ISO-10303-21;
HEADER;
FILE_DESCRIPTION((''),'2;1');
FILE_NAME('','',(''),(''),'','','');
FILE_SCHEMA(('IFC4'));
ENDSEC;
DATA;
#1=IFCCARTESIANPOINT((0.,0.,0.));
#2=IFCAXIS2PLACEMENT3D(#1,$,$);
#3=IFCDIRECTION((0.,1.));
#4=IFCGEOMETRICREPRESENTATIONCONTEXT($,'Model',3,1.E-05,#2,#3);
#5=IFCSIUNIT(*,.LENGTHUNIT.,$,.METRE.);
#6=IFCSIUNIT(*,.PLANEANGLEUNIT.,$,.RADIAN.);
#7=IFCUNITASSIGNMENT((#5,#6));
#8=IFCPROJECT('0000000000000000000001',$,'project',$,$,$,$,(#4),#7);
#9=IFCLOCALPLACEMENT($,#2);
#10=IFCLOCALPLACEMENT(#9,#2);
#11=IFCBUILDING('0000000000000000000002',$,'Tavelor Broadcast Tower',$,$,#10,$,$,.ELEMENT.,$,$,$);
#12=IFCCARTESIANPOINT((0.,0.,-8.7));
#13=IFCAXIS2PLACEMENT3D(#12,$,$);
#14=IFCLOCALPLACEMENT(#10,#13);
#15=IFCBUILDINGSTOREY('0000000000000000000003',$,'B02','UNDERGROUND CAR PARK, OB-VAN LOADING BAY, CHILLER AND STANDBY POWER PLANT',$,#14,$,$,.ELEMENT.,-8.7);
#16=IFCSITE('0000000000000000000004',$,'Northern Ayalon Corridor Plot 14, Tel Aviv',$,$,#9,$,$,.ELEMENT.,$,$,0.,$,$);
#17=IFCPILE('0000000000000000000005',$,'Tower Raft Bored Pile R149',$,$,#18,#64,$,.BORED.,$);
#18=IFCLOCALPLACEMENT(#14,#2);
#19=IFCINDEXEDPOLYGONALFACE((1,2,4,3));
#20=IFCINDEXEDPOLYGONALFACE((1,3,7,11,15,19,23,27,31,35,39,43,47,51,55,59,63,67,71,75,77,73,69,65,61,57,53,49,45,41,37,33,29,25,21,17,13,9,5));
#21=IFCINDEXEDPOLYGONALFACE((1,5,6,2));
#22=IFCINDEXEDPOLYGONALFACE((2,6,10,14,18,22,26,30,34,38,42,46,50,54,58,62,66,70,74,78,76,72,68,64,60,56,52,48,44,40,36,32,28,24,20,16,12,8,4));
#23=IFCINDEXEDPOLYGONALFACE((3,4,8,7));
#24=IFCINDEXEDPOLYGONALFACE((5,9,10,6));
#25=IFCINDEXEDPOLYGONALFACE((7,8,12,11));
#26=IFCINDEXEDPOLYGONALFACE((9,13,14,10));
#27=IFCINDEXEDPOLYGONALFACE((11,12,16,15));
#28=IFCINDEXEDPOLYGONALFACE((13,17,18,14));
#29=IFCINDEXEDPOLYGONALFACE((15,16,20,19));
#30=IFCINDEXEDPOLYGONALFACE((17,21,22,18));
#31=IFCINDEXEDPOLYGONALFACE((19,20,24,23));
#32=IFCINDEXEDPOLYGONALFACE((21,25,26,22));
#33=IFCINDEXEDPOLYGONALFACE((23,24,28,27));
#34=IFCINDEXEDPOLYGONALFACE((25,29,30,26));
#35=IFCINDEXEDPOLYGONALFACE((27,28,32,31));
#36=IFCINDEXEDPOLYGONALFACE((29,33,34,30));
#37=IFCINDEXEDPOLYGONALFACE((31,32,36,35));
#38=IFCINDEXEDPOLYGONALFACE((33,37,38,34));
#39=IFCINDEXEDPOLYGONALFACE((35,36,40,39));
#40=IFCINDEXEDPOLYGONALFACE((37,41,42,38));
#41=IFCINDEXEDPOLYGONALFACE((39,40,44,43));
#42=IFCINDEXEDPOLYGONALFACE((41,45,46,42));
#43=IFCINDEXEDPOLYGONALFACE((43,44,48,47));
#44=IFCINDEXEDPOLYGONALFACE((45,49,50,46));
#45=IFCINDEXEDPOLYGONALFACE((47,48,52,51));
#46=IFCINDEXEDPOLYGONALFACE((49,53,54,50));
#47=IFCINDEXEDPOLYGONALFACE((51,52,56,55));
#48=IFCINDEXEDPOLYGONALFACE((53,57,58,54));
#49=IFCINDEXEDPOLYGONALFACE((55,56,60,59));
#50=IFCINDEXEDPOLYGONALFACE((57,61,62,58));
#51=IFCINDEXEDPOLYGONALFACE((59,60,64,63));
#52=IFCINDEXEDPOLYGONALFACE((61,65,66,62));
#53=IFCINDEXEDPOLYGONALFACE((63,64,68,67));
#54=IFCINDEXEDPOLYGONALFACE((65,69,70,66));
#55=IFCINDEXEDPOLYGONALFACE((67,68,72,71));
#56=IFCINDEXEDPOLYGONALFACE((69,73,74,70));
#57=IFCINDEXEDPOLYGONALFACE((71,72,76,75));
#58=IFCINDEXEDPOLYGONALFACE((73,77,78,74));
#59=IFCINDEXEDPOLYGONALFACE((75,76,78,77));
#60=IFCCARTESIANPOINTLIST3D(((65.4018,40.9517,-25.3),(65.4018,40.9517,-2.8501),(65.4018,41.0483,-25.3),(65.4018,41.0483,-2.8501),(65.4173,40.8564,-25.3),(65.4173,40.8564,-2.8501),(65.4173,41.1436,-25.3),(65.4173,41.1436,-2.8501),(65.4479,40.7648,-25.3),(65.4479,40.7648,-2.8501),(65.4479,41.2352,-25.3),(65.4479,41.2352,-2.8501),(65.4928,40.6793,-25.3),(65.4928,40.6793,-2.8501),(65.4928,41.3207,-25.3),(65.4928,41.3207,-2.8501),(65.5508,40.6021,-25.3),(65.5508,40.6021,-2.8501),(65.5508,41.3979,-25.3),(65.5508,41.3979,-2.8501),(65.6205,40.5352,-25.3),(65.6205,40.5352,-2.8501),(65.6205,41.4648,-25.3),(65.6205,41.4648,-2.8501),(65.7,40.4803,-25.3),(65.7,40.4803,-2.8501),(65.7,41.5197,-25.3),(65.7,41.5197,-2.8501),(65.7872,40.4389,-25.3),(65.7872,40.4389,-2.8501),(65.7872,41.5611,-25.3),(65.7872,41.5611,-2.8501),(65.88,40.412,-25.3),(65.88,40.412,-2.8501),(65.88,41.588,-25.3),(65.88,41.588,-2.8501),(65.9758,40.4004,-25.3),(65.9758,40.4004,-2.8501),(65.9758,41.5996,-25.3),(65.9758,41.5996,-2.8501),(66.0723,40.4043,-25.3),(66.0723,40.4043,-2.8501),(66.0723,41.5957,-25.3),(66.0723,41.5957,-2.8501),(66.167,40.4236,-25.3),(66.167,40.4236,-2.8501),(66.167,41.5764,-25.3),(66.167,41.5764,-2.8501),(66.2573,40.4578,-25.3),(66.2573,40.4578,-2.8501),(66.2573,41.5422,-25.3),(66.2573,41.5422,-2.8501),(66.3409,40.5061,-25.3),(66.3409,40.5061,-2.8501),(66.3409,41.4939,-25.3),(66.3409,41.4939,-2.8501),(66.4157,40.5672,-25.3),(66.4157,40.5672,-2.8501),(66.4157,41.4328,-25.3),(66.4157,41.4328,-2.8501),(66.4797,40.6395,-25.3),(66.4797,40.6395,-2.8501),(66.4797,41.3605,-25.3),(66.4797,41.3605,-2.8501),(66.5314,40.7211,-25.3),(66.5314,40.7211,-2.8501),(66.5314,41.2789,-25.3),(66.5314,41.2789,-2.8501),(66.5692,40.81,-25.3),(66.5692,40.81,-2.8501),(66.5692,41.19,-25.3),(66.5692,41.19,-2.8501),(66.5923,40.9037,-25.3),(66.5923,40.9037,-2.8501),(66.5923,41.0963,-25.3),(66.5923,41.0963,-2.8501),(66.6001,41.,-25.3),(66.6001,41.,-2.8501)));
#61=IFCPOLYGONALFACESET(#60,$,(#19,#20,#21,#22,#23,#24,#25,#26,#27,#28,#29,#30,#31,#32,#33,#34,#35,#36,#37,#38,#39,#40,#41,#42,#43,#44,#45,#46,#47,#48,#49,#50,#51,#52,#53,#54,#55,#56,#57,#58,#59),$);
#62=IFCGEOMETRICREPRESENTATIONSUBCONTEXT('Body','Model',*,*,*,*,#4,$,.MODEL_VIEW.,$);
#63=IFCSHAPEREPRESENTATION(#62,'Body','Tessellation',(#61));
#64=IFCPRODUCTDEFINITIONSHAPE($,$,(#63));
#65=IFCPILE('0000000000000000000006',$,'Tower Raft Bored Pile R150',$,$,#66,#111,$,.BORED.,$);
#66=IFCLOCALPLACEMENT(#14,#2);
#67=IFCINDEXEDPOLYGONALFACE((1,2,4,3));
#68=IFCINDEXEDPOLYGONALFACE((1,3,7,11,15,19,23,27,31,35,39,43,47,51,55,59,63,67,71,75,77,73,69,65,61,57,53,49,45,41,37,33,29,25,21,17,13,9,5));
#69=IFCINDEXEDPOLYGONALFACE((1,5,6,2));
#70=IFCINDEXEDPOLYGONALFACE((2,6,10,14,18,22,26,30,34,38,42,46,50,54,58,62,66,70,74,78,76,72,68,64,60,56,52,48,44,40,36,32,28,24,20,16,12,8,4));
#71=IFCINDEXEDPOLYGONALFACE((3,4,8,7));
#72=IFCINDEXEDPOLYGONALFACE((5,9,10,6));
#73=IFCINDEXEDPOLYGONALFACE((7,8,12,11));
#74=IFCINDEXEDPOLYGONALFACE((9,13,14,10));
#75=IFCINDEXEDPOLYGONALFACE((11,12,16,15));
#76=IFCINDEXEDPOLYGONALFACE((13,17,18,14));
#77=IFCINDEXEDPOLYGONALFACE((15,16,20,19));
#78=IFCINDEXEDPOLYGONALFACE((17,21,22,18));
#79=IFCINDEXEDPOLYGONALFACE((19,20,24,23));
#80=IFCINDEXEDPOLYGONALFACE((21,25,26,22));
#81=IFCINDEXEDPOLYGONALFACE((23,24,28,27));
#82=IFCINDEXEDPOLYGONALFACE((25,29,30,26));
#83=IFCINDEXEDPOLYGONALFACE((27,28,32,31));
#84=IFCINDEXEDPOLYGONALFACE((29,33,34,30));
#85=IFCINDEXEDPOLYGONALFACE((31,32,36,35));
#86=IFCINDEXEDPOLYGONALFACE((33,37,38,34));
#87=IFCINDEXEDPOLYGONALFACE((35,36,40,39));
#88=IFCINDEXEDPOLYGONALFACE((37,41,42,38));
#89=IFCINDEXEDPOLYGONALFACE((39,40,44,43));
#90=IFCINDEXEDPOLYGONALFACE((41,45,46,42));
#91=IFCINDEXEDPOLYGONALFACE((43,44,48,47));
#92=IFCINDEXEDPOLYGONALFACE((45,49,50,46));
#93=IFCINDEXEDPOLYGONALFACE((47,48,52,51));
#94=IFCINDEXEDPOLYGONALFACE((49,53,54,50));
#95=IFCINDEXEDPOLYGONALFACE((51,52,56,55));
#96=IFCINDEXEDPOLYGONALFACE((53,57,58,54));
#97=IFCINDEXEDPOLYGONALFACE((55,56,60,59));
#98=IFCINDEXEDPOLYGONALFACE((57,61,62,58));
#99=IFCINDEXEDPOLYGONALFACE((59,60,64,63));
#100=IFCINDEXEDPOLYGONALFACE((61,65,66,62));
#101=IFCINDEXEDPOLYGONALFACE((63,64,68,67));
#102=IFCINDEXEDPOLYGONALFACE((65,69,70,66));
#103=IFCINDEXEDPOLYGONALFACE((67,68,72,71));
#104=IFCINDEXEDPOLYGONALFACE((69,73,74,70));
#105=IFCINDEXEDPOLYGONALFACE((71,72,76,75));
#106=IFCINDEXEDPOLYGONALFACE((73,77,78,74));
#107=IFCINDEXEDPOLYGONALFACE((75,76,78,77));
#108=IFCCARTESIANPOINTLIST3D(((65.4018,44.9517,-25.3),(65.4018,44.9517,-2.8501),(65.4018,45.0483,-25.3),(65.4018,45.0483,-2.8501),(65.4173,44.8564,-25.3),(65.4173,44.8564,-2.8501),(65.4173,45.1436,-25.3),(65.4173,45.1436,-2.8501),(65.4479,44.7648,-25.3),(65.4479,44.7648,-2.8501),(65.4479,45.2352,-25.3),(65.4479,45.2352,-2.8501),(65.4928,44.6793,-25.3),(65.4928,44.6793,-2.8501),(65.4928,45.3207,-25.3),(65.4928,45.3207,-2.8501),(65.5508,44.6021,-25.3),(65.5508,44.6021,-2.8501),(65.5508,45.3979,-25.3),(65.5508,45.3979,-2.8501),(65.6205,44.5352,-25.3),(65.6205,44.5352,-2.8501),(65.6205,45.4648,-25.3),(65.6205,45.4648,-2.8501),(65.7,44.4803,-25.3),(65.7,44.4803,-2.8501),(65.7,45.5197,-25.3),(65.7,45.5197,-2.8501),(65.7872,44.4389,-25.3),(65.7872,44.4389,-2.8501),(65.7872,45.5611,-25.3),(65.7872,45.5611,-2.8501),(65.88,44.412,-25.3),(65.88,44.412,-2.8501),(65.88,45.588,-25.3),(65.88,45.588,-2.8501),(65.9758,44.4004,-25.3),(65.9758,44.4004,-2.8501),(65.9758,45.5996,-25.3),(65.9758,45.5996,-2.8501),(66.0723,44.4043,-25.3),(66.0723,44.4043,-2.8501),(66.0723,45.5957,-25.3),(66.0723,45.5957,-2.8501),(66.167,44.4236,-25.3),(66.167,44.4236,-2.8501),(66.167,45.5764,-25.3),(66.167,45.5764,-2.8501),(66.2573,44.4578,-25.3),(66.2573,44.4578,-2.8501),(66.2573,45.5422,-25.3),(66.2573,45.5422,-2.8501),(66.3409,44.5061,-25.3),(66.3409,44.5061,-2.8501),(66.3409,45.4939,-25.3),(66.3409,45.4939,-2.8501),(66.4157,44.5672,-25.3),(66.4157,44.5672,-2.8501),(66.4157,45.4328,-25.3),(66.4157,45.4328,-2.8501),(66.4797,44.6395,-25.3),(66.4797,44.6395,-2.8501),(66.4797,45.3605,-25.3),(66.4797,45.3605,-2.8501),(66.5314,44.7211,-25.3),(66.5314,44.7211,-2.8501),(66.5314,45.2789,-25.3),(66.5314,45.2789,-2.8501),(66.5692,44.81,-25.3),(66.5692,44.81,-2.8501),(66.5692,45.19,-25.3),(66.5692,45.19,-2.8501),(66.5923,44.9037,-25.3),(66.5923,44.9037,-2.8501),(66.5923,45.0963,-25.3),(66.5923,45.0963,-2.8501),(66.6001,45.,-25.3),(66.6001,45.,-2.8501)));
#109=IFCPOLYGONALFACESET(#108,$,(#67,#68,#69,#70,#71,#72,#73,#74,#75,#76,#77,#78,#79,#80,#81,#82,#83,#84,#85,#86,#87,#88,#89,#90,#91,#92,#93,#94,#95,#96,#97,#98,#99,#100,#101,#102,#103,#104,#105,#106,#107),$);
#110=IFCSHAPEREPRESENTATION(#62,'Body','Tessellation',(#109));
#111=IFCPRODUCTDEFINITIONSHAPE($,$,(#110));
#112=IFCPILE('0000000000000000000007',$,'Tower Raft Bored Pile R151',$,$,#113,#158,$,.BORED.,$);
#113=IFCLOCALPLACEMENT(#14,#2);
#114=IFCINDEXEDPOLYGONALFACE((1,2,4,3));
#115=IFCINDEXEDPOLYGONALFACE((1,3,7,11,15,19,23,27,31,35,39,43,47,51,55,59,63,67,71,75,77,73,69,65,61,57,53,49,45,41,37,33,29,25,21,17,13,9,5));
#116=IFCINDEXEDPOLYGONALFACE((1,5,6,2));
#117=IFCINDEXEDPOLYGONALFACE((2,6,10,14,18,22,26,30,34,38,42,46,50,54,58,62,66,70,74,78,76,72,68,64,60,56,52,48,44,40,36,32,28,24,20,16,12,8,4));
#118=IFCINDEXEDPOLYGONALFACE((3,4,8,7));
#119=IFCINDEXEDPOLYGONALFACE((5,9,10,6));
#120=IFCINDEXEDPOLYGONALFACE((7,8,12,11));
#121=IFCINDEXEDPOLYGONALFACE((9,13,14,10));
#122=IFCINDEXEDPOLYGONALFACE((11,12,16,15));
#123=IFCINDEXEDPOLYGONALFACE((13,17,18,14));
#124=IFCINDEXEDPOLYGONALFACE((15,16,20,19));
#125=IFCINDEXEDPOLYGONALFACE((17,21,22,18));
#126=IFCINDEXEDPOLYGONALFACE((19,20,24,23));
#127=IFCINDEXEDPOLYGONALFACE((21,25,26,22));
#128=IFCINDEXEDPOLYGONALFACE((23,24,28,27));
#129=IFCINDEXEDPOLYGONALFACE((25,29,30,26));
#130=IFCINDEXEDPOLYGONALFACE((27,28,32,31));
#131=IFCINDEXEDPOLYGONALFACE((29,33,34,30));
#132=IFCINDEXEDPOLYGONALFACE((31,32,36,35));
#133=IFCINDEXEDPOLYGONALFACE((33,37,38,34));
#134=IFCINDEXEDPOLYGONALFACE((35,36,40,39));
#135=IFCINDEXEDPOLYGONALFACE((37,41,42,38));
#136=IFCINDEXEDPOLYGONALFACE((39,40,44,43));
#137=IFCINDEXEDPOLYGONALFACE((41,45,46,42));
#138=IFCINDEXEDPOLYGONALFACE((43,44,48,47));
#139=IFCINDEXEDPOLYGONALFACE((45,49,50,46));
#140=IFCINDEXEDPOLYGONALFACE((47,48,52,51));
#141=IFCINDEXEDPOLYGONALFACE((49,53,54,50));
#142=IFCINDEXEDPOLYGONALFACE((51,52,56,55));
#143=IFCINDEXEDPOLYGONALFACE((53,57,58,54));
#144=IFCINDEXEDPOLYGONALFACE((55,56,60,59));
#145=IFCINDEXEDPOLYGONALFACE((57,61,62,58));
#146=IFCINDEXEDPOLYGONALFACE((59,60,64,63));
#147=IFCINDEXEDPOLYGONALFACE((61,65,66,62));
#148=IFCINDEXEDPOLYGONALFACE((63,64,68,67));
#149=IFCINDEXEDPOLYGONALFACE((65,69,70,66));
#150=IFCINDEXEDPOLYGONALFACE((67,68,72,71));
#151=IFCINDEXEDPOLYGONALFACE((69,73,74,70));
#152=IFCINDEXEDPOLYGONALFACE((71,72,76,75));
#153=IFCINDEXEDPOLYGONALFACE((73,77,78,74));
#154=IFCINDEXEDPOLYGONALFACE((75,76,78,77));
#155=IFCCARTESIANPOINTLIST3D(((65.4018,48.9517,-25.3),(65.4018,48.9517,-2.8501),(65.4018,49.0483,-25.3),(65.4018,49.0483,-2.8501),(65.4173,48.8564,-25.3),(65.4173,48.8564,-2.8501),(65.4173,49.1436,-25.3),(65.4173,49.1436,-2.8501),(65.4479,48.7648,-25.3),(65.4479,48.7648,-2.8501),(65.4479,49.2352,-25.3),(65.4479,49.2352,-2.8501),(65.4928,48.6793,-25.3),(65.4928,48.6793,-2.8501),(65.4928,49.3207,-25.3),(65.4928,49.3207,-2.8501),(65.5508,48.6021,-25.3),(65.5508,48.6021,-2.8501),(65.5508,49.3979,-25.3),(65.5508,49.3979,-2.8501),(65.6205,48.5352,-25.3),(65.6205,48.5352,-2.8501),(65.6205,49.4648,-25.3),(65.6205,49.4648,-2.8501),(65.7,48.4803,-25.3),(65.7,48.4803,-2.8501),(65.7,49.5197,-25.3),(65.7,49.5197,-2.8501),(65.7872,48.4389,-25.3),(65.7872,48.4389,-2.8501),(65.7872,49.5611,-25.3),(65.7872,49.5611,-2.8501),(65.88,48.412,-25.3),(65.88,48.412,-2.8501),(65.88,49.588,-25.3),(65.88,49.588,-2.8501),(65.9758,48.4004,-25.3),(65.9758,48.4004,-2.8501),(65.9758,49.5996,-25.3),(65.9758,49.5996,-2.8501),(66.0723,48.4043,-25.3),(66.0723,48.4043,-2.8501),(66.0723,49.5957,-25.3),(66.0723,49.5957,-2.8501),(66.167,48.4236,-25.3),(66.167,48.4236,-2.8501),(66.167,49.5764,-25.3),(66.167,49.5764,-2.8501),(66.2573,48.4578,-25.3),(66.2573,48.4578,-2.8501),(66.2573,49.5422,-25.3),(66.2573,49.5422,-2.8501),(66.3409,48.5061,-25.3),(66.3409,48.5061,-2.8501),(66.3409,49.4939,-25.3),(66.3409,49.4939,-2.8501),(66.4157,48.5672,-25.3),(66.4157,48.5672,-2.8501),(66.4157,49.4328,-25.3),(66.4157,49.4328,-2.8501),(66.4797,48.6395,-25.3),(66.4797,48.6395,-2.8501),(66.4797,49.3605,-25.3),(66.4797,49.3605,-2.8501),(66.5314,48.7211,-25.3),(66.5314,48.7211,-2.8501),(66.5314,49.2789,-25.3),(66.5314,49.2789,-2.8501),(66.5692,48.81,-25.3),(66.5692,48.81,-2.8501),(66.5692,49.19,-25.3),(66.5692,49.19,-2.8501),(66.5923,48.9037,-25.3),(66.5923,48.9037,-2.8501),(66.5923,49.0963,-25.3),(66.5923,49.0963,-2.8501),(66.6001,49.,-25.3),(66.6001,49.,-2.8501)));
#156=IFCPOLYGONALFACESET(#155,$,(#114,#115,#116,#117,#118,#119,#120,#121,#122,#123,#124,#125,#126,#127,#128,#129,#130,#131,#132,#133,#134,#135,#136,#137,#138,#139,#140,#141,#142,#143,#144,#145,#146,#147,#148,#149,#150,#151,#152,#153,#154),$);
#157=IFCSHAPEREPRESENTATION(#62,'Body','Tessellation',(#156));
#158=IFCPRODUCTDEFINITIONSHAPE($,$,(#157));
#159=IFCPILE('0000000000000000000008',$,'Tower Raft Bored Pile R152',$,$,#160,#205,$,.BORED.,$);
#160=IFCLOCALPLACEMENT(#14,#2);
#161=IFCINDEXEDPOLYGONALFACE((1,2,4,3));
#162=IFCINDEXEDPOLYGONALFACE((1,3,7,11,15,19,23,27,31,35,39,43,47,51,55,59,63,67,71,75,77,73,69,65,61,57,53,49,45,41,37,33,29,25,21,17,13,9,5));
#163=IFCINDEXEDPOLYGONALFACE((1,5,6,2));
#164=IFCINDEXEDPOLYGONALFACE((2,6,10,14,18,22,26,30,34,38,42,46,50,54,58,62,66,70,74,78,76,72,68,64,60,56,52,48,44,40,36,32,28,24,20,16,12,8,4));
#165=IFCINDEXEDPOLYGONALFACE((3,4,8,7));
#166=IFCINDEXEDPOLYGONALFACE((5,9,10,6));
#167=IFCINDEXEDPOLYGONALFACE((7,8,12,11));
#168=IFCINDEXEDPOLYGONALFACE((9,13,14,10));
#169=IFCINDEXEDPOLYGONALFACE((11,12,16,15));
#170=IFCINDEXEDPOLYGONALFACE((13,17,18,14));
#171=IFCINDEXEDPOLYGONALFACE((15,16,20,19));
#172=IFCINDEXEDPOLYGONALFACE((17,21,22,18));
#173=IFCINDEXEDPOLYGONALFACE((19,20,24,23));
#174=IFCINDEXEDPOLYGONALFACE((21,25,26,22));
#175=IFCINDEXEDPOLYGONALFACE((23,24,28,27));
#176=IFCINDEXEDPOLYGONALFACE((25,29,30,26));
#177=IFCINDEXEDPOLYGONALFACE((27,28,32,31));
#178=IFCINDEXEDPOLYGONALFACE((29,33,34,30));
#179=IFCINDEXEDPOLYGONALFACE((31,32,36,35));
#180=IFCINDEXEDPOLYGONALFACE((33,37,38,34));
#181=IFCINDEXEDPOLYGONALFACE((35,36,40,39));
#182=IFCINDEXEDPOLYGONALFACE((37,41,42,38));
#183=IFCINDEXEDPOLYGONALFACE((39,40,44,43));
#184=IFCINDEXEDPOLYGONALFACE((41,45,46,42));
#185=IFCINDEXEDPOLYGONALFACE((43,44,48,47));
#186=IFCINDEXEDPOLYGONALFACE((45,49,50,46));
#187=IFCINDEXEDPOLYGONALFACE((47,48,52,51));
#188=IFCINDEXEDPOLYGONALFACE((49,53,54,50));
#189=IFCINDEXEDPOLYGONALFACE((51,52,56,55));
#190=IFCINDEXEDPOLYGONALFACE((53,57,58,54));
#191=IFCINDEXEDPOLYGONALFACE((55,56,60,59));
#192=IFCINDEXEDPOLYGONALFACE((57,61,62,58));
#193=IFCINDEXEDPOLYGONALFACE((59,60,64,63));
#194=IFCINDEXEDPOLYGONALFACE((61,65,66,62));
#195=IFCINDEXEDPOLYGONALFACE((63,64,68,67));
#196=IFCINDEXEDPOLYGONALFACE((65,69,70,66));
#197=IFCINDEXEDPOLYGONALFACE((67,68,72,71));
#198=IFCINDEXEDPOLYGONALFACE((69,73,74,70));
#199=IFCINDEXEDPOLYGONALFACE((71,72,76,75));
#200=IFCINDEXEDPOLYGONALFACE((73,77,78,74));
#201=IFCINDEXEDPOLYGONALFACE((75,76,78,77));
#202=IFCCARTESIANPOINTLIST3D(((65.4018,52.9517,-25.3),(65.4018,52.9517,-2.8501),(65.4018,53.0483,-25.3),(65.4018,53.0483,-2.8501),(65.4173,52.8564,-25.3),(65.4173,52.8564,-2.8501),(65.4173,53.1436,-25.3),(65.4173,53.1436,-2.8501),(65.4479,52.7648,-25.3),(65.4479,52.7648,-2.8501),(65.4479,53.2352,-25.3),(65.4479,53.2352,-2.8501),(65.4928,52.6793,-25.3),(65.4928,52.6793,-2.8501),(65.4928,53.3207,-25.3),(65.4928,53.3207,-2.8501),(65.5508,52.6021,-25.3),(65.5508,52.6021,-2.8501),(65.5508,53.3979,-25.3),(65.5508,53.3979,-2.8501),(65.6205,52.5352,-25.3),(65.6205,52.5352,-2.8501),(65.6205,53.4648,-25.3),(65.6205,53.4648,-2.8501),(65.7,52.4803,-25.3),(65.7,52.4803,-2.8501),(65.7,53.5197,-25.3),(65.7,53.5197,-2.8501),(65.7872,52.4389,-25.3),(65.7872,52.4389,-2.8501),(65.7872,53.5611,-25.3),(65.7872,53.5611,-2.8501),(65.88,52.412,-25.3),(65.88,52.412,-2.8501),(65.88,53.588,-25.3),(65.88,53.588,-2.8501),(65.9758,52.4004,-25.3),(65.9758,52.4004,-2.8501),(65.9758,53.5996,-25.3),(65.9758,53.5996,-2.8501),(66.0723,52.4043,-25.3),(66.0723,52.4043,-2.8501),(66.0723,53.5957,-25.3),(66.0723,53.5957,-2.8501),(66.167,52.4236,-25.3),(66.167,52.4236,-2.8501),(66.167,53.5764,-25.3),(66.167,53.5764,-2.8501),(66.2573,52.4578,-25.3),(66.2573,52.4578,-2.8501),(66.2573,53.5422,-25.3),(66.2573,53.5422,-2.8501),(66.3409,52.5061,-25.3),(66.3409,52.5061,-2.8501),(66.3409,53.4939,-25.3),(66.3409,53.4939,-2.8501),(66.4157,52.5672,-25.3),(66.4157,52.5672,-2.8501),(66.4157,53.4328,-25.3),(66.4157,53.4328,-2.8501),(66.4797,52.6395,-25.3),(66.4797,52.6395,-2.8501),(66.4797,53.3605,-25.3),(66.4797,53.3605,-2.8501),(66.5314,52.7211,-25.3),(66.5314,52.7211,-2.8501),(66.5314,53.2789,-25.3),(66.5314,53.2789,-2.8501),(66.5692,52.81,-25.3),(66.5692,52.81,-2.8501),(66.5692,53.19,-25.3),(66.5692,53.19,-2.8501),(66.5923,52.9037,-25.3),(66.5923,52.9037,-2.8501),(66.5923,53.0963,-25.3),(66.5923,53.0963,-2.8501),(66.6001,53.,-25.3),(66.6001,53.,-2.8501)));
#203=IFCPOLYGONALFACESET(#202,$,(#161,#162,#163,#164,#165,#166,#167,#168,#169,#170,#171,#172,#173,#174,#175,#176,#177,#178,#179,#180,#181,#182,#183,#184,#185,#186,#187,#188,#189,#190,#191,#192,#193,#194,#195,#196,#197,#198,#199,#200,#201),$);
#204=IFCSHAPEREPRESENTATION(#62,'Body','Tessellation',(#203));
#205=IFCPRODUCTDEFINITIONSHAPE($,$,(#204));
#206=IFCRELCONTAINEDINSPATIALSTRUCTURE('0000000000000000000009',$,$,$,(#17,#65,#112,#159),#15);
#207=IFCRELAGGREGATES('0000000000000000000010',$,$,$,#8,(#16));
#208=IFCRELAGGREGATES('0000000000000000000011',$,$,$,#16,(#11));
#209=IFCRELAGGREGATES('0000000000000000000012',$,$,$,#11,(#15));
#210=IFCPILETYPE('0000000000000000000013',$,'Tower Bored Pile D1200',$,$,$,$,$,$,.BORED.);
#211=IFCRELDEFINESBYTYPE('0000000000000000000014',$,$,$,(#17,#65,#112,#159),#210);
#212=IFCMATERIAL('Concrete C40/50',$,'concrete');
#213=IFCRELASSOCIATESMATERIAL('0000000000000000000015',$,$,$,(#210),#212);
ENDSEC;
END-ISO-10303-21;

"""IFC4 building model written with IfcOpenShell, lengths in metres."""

from ifc_helpers import new_model, si_unit, direction, frame, origin, origin_2d, place, context, subcontext, project, spatial, circle, extrude, material, material_profile, profile_set, type_object, element, save


model = new_model("IFC4")

# Units and contexts
model_context = context("Model", 3, precision=1e-05, world=origin(), true_north=direction((0.0, 1.0)))
body_context = subcontext(model_context, "Body", "Model", "MODEL_VIEW")
ifc_project = project(units=[si_unit("LENGTHUNIT", "METRE"), si_unit("PLANEANGLEUNIT", "RADIAN")], contexts=[model_context])

# Site, building, storey
site_placement = place(None, origin())
site = spatial("IfcSite", under=ifc_project, at=site_placement, Name="Northern Ayalon Corridor Plot 14, Tel Aviv", CompositionType="ELEMENT", RefElevation=0.0)
building_placement = place(site_placement, origin())
building = spatial("IfcBuilding", under=site, at=building_placement, Name="Tavelor Broadcast Tower", CompositionType="ELEMENT")
storey_placement = place(building_placement, frame((0.0, 0.0, -8.7)))
storey = spatial("IfcBuildingStorey", under=building, at=storey_placement, Name="B02", Description="UNDERGROUND CAR PARK, OB-VAN LOADING BAY, CHILLER AND STANDBY POWER PLANT", CompositionType="ELEMENT", Elevation=-8.7)

# Piles
ifc_material_1 = material(Name="Concrete C40/50", Category="concrete")
ifc_material_profile_1 = material_profile(ifc_material_1, circle(Radius=0.6001, at=origin_2d()), Name="PILE D1200")
ifc_profile_set_1 = profile_set([ifc_material_profile_1], Name="Concrete C40/50")
pile_type = type_object("IfcPileType", Name="Tower Bored Pile D1200", PredefinedType="BORED", material=ifc_profile_set_1)
for number, where, z_axis, x_axis, name in (
    (1, (66.0, 41.0, -2.8501), (0.0, 0.0, -1.0), (1.0, 0.0, 0.0), "Tower Raft Bored Pile R149"),
    (2, (66.0, 45.0, -2.8501), (0.0, 0.0, -1.0), (1.0, 0.0, 0.0), "Tower Raft Bored Pile R150"),
    (3, (66.0, 49.0, -2.8501), (0.0, 0.0, -1.0), (1.0, 0.0, 0.0), "Tower Raft Bored Pile R151"),
    (4, (66.0, 53.0, -2.8501), (0.0, 0.0, -1.0), (1.0, 0.0, 0.0), "Tower Raft Bored Pile R152"),
):
    element("IfcPile", number, at=place(storey_placement, frame(where, z_axis=z_axis, x_axis=x_axis)), inside=storey, type_object=pile_type, Name=name, PredefinedType="BORED", context=body_context, shape_type="SweptSolid", body=[
        extrude(circle(Radius=0.6001, at=origin_2d()), origin(), (0.0, 0.0, 1.0), 22.45),
    ])

save(model, "model.ifc")
